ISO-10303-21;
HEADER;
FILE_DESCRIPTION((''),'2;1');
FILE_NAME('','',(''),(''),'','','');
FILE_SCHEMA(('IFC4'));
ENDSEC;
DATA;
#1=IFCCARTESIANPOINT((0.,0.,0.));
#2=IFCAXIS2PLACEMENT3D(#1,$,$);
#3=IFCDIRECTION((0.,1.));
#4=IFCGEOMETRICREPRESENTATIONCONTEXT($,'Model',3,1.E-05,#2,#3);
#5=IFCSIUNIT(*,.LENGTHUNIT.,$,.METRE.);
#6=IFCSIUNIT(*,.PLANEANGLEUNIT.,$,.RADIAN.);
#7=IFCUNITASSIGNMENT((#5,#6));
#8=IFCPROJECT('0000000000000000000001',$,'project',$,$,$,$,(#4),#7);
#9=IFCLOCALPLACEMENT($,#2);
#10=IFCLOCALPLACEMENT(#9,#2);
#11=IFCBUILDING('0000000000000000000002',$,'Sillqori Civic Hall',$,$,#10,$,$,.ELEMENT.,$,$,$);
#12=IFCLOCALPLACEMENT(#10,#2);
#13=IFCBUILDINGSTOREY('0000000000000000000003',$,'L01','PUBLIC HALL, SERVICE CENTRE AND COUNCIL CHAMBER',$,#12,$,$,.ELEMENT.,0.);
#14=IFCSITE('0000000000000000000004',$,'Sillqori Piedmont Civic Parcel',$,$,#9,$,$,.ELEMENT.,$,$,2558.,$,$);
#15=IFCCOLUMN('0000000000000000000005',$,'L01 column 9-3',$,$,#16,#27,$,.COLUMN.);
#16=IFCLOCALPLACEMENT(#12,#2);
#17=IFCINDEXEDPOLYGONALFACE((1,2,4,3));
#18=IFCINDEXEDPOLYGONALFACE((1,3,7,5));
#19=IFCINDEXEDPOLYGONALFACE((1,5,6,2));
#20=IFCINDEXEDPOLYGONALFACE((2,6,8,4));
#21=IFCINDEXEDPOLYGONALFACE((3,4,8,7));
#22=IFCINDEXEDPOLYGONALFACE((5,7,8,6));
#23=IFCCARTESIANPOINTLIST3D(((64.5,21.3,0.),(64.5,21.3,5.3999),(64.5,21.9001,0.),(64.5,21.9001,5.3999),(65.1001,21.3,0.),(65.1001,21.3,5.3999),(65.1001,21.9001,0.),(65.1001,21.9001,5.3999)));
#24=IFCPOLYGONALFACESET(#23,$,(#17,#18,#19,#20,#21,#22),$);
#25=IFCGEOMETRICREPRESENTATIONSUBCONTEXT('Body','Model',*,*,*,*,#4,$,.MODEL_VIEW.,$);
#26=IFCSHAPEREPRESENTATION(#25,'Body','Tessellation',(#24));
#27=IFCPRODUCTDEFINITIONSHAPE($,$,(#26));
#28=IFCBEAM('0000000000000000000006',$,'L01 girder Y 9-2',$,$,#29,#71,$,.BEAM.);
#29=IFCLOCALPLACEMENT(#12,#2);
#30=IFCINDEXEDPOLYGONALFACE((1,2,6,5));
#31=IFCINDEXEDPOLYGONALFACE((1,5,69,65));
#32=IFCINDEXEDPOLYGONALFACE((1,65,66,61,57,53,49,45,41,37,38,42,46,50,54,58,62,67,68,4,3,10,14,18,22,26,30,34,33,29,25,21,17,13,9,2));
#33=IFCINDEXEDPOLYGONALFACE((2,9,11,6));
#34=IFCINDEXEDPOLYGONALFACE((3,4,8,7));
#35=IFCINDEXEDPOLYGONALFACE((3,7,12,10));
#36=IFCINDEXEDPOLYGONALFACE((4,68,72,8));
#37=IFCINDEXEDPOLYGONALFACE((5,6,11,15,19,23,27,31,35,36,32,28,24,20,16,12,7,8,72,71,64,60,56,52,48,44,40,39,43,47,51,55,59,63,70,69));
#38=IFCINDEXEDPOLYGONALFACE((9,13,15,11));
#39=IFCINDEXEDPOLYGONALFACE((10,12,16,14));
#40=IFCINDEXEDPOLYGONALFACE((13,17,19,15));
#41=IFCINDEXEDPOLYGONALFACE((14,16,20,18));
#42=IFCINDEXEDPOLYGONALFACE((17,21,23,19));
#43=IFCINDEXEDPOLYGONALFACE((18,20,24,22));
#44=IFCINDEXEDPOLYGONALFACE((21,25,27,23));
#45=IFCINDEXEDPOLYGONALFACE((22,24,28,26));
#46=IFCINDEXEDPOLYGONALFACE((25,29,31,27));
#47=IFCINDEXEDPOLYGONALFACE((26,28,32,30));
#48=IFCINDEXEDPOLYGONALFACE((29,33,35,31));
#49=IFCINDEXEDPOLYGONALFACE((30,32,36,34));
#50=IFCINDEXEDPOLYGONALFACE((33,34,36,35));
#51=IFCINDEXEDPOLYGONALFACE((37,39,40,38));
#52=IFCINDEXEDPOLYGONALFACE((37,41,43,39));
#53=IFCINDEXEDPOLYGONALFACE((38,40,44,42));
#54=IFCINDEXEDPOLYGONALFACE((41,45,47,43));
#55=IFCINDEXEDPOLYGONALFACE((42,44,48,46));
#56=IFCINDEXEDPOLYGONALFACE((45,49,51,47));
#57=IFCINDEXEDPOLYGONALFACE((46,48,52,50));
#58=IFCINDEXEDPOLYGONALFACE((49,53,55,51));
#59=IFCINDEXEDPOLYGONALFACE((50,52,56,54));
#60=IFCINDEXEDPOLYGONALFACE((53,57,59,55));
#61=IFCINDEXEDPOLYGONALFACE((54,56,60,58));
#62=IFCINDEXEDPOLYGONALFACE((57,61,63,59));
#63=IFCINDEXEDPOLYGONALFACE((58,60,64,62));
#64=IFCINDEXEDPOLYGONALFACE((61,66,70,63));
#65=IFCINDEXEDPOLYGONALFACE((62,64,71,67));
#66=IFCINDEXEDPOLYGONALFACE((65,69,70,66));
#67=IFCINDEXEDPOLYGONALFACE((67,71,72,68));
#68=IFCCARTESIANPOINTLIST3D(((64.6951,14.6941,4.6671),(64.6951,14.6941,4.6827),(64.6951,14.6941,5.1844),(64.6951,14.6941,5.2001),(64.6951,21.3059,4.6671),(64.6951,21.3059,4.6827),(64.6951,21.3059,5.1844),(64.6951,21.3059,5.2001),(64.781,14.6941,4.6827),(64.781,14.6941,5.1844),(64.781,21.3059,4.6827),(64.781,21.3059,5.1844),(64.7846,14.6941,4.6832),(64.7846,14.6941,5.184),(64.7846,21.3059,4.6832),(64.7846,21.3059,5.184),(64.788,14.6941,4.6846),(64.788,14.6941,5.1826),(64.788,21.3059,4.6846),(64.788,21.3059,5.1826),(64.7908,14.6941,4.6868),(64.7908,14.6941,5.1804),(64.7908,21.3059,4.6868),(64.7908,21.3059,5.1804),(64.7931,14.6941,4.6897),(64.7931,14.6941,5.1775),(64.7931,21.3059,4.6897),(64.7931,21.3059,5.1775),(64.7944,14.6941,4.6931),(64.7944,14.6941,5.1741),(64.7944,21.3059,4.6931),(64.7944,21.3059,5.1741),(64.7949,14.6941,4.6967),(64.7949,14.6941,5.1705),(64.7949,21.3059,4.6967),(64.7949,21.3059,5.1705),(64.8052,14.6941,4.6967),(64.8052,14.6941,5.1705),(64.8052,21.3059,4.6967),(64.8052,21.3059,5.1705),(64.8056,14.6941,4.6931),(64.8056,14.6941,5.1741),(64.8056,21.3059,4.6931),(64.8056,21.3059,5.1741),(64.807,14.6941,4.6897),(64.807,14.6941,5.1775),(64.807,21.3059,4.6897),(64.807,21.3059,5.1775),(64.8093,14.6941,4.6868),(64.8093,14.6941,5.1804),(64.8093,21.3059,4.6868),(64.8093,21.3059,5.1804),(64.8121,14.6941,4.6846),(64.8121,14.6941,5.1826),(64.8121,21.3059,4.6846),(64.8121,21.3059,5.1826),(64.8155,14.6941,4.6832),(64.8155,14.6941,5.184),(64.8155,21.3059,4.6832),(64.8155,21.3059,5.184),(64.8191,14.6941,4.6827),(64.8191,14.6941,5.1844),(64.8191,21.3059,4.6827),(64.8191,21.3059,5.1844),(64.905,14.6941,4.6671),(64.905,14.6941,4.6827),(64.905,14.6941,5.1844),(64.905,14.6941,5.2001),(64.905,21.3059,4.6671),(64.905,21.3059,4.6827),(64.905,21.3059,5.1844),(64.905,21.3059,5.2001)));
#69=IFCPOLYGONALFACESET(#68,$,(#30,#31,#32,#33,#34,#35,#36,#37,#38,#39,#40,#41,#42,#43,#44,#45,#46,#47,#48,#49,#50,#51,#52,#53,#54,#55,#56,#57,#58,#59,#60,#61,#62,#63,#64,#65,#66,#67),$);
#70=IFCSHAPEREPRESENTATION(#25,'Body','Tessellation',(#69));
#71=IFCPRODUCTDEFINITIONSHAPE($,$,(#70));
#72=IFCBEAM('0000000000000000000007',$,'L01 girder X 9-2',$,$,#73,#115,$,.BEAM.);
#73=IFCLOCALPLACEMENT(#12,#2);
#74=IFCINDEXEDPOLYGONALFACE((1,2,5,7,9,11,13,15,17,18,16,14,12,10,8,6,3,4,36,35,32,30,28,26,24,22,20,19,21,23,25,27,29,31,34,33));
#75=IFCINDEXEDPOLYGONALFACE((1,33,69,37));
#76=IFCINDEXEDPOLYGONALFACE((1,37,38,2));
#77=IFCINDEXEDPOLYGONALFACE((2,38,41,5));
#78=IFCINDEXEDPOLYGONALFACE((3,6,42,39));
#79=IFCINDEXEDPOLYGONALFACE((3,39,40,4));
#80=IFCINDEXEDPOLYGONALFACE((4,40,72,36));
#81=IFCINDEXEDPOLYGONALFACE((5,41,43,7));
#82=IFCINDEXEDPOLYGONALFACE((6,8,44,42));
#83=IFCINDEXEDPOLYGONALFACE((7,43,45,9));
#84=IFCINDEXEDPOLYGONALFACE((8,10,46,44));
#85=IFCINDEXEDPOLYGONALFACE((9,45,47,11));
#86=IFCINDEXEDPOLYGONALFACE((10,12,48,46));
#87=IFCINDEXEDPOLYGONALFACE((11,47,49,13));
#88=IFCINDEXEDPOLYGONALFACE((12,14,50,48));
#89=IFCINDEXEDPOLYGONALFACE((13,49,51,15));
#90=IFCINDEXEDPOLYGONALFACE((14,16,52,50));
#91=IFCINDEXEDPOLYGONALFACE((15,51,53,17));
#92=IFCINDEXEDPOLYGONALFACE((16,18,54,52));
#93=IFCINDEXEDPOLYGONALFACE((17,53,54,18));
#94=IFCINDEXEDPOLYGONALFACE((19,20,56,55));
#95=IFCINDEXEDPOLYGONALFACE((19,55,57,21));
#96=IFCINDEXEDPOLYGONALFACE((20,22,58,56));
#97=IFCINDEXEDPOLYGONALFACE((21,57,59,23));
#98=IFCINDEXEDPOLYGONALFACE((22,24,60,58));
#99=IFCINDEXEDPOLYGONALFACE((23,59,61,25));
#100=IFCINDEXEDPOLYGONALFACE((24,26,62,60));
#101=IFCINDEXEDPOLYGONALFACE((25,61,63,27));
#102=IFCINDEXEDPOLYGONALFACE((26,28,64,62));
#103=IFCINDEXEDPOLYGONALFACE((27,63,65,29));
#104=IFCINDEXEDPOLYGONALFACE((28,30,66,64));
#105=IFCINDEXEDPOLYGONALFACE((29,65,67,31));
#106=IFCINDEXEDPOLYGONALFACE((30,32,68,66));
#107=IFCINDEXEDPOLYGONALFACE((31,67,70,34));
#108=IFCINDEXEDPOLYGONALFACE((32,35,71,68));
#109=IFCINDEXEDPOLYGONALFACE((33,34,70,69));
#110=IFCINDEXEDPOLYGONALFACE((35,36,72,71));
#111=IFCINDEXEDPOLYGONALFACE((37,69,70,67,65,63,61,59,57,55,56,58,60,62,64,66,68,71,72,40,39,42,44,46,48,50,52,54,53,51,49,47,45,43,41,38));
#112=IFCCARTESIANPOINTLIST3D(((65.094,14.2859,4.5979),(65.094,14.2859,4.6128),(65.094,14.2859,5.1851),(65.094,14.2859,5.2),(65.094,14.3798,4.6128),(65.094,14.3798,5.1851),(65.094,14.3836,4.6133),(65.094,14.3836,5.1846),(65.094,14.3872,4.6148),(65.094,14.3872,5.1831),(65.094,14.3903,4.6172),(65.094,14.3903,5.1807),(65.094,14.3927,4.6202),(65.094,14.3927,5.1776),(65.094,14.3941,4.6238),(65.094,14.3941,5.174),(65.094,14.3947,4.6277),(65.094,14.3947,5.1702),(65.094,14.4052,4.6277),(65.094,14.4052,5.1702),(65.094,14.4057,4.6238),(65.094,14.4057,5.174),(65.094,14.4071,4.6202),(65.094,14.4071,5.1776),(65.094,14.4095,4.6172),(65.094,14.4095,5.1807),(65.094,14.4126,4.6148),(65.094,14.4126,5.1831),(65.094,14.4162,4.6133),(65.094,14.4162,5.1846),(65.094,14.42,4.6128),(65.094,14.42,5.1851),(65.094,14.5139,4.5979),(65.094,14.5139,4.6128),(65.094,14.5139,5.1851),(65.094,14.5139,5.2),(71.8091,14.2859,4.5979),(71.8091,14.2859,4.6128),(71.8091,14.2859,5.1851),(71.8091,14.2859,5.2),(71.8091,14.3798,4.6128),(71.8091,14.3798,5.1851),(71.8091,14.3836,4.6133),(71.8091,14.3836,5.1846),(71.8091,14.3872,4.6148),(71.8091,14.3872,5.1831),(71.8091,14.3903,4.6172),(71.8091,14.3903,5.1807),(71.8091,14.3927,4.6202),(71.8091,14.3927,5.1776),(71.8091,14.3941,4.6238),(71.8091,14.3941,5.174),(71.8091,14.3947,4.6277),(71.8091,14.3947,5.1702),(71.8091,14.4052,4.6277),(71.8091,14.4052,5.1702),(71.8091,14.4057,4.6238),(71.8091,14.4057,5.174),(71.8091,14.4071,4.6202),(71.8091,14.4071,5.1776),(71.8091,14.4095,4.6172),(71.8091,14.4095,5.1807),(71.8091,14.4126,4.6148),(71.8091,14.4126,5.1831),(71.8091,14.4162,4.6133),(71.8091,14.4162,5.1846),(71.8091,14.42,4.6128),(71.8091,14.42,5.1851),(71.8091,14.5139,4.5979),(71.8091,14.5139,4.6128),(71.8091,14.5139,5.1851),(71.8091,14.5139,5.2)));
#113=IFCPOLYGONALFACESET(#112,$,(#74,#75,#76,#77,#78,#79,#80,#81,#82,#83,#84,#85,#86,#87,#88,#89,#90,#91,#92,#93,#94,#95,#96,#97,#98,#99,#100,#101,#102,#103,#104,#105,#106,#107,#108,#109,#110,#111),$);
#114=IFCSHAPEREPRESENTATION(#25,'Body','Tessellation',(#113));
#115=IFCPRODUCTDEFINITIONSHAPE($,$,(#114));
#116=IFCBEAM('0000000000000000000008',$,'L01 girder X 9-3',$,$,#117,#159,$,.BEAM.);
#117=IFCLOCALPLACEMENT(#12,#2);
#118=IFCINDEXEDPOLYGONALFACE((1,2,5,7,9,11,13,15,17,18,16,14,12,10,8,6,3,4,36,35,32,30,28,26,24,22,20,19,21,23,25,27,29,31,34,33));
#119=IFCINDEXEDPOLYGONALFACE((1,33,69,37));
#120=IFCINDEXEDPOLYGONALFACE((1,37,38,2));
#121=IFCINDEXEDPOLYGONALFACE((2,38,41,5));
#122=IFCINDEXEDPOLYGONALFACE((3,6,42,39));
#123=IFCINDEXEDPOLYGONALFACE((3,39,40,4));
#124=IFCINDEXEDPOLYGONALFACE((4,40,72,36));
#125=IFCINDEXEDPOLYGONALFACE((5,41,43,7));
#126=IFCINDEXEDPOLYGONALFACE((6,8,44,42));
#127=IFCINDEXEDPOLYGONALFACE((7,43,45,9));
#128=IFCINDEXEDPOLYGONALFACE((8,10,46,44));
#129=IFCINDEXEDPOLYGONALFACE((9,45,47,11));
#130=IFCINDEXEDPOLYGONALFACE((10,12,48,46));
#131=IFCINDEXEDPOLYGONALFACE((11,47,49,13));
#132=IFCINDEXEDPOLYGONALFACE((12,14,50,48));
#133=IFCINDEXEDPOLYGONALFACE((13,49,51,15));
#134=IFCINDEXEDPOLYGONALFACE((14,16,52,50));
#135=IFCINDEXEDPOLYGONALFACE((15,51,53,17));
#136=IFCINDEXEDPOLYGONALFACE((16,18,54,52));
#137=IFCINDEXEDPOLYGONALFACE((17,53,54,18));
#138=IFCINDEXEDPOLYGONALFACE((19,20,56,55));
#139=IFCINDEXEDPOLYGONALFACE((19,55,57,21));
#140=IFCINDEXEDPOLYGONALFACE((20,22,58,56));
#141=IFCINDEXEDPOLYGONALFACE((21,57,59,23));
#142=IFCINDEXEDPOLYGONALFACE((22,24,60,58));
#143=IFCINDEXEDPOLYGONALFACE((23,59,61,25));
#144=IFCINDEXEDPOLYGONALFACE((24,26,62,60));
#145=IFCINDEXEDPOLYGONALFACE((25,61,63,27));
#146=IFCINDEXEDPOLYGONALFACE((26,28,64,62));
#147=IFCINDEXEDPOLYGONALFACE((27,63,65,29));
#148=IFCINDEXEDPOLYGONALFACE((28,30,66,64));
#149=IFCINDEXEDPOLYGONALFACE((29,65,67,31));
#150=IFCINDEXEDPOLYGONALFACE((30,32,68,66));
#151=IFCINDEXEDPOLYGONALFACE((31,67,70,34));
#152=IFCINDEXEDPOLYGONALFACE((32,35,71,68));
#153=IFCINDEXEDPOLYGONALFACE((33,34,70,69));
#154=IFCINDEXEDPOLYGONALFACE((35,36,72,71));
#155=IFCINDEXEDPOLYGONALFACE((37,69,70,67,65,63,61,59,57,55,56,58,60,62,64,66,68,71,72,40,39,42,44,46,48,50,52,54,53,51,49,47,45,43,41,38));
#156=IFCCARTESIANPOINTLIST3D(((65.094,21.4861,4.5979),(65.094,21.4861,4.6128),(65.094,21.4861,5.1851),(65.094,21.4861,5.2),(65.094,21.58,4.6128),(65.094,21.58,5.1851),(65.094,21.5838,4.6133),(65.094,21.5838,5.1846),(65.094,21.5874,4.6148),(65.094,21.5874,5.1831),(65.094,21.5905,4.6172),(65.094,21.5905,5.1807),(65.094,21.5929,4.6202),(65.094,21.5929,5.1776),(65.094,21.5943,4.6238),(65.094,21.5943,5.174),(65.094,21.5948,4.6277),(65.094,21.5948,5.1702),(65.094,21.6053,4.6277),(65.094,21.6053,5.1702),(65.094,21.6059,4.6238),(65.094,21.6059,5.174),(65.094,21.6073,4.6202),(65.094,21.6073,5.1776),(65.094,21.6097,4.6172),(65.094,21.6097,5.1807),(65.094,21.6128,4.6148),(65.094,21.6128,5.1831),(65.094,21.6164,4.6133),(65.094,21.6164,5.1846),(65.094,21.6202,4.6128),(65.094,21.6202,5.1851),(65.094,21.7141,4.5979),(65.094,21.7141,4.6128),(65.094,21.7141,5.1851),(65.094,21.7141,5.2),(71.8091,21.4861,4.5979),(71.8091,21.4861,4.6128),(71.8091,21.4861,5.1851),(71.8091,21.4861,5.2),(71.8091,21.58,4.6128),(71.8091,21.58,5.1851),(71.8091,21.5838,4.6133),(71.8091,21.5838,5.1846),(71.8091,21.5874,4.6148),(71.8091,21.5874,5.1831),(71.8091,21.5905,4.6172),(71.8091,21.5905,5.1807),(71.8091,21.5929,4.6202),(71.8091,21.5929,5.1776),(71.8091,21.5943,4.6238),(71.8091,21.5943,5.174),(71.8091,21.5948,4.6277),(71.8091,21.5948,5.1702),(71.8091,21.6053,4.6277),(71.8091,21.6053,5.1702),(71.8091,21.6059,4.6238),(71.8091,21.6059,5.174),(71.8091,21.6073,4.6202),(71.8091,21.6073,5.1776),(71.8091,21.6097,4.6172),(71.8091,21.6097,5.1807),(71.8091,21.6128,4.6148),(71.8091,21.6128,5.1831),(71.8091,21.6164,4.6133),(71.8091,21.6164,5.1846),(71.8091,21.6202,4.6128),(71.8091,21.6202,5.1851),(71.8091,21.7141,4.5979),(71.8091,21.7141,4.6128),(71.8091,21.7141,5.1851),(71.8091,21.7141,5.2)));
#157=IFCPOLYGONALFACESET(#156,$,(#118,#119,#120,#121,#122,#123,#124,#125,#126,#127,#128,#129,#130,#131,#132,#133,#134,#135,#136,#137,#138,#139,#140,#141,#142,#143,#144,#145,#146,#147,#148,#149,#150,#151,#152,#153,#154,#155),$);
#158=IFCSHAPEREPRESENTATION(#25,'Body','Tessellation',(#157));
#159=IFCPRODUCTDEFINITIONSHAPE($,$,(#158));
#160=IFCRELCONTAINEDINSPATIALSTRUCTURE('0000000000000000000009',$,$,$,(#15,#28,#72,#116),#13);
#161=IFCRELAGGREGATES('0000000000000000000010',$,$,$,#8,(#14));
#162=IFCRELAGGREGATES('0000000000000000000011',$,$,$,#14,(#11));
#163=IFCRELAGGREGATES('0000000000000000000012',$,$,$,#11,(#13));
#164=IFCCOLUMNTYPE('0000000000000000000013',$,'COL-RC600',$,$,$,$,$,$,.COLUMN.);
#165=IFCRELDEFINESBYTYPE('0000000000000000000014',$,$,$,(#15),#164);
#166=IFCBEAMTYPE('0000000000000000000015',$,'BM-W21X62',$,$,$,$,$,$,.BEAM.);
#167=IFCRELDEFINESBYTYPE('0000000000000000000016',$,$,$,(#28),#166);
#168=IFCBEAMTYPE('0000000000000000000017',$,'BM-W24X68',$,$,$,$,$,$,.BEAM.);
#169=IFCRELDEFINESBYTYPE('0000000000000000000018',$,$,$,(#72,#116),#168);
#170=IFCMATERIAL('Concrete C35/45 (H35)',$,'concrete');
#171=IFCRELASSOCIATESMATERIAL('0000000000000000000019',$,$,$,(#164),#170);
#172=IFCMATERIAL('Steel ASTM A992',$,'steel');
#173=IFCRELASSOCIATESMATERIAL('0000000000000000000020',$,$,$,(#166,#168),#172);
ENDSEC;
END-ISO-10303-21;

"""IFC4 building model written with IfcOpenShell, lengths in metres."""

from ifc_helpers import new_model, si_unit, direction, frame, origin, origin_2d, place, context, subcontext, project, spatial, rectangle, i_section, extrude, material, material_profile, profile_set, type_object, element, save


model = new_model("IFC4")

# Units and contexts
model_context = context("Model", 3, precision=1e-05, world=origin(), true_north=direction((0.0, 1.0)))
body_context = subcontext(model_context, "Body", "Model", "MODEL_VIEW")
ifc_project = project(units=[si_unit("LENGTHUNIT", "METRE"), si_unit("PLANEANGLEUNIT", "RADIAN")], contexts=[model_context])

# Site, building, storey
site_placement = place(None, origin())
site = spatial("IfcSite", under=ifc_project, at=site_placement, Name="Sillqori Piedmont Civic Parcel", CompositionType="ELEMENT", RefElevation=2558.0)
building_placement = place(site_placement, origin())
building = spatial("IfcBuilding", under=site, at=building_placement, Name="Sillqori Civic Hall", CompositionType="ELEMENT")
storey_placement = place(building_placement, origin())
storey = spatial("IfcBuildingStorey", under=building, at=storey_placement, Name="L01", Description="PUBLIC HALL, SERVICE CENTRE AND COUNCIL CHAMBER", CompositionType="ELEMENT", Elevation=0.0)

# Column
ifc_material_1 = material(Name="Concrete C35/45 (H35)", Category="concrete")
ifc_material_profile_1 = material_profile(ifc_material_1, rectangle(XDim=0.6001, YDim=0.6001, at=origin_2d()), Name="RC 600x600")
ifc_profile_set_1 = profile_set([ifc_material_profile_1], Name="Concrete C35/45 (H35)")
column_type = type_object("IfcColumnType", Name="COL-RC600", PredefinedType="COLUMN", material=ifc_profile_set_1)
column_placement = place(storey_placement, frame((64.8, 21.6001, 0.0), z_axis=(0.0, 0.0, 1.0), x_axis=(1.0, 0.0, 0.0)))
element("IfcColumn", 1, at=column_placement, inside=storey, type_object=column_type, Name="L01 column 9-3", PredefinedType="COLUMN", context=body_context, shape_type="SweptSolid", body=[
    extrude(rectangle(XDim=0.6001, YDim=0.6001, at=origin_2d()), origin(), (0.0, 0.0, 1.0), 5.3999),
])

# Beams
ifc_material_2 = material(Name="Steel ASTM A992", Category="steel")
ifc_material_profile_2 = material_profile(ifc_material_2, i_section(OverallWidth=0.21, OverallDepth=0.533, WebThickness=0.0103, FlangeThickness=0.0156, FilletRadius=0.0139, at=origin_2d()), Name="W21X62")
ifc_profile_set_2 = profile_set([ifc_material_profile_2], Name="Steel ASTM A992")
beam_type_1 = type_object("IfcBeamType", Name="BM-W21X62", PredefinedType="BEAM", material=ifc_profile_set_2)
beam_placement = place(storey_placement, frame((64.8, 14.6941, 4.9336), z_axis=(0.0, 1.0, 0.0), x_axis=(-1.0, 0.0, 0.0)))
element("IfcBeam", 2, at=beam_placement, inside=storey, type_object=beam_type_1, Name="L01 girder Y 9-2", PredefinedType="BEAM", context=body_context, shape_type="SweptSolid", body=[
    extrude(i_section(OverallWidth=0.21, OverallDepth=0.533, WebThickness=0.0103, FlangeThickness=0.0156, FilletRadius=0.0139, at=origin_2d()), origin(), (0.0, 0.0, 1.0), 6.6118),
])
ifc_material_profile_3 = material_profile(ifc_material_2, i_section(OverallWidth=0.228, OverallDepth=0.6021, WebThickness=0.0105, FlangeThickness=0.0149, FilletRadius=0.0149, at=origin_2d()), Name="W24X68")
ifc_profile_set_3 = profile_set([ifc_material_profile_3], Name="Steel ASTM A992")
beam_type_2 = type_object("IfcBeamType", Name="BM-W24X68", PredefinedType="BEAM", material=ifc_profile_set_3)
for number, where, z_axis, x_axis, name in (
    (3, (65.094, 14.3999, 4.8989), (1.0, 0.0, 0.0), (0.0, 1.0, 0.0), "L01 girder X 9-2"),
    (4, (65.094, 21.6001, 4.8989), (1.0, 0.0, 0.0), (0.0, 1.0, 0.0), "L01 girder X 9-3"),
):
    element("IfcBeam", number, at=place(storey_placement, frame(where, z_axis=z_axis, x_axis=x_axis)), inside=storey, type_object=beam_type_2, Name=name, PredefinedType="BEAM", context=body_context, shape_type="SweptSolid", body=[
        extrude(i_section(OverallWidth=0.228, OverallDepth=0.6021, WebThickness=0.0105, FlangeThickness=0.0149, FilletRadius=0.0149, at=origin_2d()), origin(), (0.0, 0.0, 1.0), 6.7151),
    ])

save(model, "model.ifc")
